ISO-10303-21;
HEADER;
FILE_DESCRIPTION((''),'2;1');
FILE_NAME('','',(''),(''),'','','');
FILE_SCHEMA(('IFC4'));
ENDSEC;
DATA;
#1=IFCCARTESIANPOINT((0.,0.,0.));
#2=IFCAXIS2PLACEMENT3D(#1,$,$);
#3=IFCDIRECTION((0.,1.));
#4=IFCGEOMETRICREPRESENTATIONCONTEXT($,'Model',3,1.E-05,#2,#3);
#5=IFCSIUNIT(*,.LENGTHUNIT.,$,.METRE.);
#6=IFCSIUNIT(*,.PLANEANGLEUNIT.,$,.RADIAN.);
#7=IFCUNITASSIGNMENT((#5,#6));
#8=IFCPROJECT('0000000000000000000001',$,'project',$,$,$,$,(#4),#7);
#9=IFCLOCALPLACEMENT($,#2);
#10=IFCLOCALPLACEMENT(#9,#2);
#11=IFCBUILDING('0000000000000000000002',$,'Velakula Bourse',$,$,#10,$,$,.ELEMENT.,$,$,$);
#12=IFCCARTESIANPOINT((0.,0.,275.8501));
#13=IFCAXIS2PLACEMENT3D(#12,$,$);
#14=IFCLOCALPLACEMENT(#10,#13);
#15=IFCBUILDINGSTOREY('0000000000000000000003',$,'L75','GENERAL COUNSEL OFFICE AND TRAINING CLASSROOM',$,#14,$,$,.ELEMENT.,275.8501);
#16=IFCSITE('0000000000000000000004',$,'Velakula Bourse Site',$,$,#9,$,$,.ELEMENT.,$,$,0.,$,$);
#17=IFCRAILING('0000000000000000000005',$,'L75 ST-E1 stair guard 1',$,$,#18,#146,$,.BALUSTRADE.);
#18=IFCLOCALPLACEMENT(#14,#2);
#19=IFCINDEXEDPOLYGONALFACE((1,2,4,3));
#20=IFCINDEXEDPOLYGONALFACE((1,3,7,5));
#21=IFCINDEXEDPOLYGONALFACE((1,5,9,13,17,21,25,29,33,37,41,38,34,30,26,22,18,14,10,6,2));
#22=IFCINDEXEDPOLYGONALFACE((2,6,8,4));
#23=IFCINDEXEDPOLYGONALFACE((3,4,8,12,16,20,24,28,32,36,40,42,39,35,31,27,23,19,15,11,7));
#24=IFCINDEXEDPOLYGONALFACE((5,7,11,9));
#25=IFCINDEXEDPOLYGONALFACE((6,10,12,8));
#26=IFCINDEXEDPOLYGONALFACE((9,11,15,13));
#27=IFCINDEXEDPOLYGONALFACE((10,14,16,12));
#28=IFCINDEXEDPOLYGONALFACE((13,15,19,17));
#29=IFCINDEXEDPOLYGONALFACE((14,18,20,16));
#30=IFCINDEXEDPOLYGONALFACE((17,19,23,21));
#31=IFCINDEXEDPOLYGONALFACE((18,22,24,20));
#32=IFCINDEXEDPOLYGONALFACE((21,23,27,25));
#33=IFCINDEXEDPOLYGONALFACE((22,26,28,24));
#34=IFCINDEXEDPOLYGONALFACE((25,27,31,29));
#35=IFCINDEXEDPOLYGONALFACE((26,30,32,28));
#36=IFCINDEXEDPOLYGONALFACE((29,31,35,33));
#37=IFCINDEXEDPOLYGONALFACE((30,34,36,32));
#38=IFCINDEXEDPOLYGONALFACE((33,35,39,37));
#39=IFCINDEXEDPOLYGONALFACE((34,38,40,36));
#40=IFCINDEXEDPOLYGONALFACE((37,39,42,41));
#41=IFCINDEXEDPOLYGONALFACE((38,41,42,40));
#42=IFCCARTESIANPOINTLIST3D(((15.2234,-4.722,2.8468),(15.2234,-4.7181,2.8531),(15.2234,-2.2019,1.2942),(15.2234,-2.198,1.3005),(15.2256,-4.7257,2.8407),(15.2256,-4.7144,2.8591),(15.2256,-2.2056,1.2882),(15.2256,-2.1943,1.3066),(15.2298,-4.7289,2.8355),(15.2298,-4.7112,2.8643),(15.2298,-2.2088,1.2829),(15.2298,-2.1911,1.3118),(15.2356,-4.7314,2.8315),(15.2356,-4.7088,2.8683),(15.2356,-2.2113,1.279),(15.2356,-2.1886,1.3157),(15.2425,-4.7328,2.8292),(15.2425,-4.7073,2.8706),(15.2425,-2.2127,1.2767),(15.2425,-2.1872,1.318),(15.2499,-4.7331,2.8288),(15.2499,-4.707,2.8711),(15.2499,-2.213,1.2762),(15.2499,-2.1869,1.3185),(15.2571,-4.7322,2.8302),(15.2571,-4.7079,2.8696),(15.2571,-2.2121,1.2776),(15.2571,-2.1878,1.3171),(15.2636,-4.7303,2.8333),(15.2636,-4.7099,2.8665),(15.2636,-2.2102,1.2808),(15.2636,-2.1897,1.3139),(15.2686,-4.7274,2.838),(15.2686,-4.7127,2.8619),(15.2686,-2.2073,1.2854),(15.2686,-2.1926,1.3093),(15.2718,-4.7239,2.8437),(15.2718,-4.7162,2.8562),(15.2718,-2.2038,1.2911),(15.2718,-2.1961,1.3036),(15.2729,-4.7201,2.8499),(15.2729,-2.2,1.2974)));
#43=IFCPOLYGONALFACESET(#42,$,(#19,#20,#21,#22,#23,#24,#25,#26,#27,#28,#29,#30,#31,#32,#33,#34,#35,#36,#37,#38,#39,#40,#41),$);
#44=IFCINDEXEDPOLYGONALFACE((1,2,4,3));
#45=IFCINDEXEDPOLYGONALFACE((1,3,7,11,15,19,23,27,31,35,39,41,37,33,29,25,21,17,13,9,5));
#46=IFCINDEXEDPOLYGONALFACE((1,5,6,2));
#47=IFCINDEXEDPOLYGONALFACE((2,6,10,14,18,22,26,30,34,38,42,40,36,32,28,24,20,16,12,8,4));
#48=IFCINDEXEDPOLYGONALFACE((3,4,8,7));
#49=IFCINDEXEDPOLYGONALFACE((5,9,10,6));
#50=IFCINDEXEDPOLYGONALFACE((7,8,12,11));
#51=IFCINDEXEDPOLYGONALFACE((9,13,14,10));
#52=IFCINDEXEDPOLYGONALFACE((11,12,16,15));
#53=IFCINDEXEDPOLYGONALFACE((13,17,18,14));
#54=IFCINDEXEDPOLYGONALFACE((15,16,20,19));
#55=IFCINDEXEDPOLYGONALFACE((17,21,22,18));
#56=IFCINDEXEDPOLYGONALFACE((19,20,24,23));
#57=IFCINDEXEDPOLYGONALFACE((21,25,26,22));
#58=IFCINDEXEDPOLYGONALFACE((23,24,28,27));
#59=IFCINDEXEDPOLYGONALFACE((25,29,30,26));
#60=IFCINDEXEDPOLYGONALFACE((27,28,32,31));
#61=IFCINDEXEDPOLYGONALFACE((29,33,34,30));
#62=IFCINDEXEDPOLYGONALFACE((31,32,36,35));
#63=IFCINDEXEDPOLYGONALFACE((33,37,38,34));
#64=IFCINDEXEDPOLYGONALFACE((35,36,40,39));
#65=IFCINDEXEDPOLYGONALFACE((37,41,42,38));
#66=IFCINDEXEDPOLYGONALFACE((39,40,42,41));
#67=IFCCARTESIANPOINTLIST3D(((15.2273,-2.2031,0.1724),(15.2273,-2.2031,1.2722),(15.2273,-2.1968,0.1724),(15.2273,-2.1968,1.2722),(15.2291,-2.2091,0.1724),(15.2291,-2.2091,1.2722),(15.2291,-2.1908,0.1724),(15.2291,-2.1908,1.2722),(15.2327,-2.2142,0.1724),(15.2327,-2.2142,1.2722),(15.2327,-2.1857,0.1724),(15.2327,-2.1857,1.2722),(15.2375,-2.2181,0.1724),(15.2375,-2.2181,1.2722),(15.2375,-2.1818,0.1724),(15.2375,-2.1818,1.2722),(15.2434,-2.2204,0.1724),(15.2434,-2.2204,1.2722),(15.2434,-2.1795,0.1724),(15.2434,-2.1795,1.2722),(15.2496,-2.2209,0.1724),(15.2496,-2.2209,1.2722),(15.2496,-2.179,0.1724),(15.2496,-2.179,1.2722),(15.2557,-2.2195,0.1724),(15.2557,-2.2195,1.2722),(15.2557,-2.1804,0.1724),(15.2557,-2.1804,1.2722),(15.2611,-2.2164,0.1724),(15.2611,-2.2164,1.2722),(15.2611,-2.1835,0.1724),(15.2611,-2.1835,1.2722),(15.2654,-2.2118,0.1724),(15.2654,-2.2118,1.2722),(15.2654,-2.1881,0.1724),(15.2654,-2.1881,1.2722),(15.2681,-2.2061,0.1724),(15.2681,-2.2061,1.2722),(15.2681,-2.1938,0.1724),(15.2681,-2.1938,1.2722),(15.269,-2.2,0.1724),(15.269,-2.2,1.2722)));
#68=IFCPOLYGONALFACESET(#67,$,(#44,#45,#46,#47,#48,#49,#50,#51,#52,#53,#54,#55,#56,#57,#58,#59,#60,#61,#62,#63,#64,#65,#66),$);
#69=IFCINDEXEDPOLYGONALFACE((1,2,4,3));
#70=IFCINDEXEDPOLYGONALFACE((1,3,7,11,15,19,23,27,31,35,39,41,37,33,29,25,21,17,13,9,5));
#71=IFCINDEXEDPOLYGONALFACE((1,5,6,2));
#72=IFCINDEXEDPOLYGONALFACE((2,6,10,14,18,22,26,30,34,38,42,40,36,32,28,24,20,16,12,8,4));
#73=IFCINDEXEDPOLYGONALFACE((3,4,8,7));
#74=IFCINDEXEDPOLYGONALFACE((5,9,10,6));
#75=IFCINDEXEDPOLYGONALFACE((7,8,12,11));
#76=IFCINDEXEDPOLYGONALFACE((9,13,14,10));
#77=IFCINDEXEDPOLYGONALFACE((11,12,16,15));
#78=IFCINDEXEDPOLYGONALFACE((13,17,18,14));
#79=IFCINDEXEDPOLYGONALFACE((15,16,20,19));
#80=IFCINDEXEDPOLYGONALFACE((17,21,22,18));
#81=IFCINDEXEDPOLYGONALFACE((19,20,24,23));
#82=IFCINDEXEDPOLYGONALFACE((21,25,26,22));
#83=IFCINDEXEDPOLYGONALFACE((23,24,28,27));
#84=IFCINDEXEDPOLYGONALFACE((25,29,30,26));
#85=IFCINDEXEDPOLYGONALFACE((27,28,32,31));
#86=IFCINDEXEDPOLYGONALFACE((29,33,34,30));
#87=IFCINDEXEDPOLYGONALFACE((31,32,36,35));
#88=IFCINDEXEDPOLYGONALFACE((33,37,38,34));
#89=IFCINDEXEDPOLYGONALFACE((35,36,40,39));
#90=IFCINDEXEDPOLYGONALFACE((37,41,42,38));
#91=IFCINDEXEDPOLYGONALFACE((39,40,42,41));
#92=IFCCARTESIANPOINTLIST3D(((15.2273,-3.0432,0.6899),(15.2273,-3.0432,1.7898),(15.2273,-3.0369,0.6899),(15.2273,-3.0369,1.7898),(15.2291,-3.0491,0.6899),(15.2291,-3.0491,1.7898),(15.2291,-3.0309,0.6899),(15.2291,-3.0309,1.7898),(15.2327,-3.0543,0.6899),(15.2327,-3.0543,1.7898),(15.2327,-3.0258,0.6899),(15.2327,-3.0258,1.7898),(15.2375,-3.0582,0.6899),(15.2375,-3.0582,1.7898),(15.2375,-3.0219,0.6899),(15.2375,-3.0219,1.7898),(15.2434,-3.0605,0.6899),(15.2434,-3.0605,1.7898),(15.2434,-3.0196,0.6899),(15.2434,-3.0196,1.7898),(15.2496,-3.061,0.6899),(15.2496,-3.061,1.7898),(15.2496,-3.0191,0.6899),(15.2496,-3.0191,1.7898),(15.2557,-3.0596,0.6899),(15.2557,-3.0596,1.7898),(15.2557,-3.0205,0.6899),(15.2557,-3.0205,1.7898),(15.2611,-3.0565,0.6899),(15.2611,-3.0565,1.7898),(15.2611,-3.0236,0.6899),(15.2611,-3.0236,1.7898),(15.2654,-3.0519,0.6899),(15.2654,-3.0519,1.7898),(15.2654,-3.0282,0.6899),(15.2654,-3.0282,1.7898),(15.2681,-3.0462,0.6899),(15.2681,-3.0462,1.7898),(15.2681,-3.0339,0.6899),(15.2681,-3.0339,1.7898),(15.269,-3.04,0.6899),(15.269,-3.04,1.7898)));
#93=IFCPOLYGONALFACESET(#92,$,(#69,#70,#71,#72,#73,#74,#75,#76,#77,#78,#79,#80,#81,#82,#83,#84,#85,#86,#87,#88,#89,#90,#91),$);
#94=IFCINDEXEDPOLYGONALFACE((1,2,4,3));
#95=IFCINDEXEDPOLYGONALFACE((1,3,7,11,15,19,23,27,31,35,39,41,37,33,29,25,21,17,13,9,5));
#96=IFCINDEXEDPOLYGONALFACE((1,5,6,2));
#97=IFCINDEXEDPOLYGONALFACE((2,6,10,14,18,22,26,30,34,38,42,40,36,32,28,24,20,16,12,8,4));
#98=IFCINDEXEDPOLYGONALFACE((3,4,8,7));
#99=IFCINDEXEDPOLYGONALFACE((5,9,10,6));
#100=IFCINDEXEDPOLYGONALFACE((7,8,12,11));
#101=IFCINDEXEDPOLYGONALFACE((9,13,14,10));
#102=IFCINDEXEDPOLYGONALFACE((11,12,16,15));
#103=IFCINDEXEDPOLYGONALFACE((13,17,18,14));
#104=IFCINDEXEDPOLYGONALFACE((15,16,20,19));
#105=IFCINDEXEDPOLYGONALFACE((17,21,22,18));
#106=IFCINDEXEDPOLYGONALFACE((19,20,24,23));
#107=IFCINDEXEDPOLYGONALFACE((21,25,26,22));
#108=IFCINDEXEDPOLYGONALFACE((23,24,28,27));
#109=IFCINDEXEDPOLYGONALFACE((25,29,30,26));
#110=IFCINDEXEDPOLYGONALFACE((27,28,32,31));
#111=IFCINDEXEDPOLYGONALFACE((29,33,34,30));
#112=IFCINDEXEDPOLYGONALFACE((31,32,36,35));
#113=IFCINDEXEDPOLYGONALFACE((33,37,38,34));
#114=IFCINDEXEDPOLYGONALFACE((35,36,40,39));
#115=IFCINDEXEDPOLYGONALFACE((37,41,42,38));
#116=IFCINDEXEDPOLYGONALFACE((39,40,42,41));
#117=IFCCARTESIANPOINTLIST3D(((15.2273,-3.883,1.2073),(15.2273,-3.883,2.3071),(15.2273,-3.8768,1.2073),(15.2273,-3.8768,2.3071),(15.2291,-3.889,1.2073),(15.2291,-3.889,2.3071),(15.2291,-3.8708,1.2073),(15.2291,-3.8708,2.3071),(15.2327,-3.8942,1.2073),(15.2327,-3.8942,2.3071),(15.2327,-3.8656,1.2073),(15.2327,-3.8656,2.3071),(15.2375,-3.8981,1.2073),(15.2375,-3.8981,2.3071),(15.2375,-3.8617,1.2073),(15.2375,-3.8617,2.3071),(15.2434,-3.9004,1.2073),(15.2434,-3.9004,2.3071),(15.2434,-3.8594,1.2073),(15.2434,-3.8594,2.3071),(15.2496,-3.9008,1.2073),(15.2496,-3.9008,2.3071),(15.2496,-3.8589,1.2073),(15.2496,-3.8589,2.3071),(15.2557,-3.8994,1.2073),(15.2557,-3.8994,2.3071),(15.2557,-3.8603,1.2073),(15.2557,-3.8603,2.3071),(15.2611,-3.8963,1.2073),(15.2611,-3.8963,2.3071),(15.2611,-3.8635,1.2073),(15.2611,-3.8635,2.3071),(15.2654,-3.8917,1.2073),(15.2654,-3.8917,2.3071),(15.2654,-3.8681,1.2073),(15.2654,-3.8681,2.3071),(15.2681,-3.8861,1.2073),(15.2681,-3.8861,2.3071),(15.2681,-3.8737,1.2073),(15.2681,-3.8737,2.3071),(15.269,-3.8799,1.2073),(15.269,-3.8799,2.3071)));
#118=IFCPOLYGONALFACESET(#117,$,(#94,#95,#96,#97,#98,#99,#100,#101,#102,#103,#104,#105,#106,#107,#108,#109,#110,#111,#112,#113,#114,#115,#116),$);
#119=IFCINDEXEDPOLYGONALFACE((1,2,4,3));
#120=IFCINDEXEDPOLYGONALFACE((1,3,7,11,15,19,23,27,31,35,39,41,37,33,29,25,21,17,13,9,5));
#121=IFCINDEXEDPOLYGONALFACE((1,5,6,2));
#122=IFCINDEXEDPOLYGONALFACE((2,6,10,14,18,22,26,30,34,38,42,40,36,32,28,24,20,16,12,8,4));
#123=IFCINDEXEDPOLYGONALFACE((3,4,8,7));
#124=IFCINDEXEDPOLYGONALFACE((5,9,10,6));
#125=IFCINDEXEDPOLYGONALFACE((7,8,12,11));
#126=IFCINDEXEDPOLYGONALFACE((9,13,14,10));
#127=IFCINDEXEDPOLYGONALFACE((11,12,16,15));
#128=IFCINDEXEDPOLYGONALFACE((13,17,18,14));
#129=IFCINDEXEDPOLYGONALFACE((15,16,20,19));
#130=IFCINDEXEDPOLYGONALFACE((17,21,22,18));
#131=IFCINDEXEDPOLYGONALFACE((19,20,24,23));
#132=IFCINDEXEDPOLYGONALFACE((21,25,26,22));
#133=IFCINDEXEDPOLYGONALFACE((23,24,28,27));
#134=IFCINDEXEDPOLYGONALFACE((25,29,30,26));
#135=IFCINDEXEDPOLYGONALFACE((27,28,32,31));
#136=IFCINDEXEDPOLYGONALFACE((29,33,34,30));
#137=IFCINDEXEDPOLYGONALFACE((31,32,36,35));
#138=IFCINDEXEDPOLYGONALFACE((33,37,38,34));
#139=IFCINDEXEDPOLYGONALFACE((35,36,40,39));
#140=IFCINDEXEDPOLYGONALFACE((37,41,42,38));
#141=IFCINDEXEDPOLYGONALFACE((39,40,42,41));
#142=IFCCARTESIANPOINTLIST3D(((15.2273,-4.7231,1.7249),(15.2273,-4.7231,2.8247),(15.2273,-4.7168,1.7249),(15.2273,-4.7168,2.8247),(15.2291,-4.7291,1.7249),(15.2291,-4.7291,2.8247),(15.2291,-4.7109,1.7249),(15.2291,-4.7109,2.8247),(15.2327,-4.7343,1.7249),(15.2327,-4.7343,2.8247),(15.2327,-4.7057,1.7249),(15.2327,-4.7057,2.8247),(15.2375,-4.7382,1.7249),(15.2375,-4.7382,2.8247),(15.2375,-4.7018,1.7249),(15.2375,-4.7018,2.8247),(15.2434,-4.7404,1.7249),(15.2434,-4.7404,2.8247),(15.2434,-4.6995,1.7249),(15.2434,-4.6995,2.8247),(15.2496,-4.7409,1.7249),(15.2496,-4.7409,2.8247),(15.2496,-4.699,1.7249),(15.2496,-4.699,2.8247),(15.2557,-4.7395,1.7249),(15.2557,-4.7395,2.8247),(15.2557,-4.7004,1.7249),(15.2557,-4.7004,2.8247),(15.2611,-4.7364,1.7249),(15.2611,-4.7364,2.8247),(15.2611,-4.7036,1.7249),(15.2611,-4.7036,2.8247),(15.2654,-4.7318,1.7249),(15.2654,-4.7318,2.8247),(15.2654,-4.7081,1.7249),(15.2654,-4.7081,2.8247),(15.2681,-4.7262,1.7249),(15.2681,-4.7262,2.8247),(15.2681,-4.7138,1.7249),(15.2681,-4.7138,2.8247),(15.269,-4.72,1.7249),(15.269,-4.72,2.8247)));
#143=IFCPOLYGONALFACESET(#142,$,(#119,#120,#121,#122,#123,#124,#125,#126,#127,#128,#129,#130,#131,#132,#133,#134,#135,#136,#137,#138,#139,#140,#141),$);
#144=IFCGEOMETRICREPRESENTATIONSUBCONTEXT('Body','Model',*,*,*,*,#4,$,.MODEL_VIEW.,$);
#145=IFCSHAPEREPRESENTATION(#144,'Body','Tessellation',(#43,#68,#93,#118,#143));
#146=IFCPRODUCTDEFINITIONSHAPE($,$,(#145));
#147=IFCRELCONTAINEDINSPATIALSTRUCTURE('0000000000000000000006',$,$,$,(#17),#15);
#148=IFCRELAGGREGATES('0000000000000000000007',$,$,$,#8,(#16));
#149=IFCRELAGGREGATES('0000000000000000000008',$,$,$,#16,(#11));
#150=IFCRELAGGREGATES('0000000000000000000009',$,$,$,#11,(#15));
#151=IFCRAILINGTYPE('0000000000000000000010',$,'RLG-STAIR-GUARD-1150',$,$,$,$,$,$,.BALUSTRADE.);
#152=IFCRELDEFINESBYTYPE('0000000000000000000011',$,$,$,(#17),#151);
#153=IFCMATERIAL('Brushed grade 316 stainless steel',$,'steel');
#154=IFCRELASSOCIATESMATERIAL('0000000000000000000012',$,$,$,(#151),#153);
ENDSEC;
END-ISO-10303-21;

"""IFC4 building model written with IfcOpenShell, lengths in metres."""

from ifc_helpers import new_model, si_unit, direction, frame, origin, origin_2d, place, context, subcontext, project, spatial, circle, extrude, material, type_object, element, save


model = new_model("IFC4")

# Units and contexts
model_context = context("Model", 3, precision=1e-05, world=origin(), true_north=direction((0.0, 1.0)))
body_context = subcontext(model_context, "Body", "Model", "MODEL_VIEW")
ifc_project = project(units=[si_unit("LENGTHUNIT", "METRE"), si_unit("PLANEANGLEUNIT", "RADIAN")], contexts=[model_context])

# Site, building, storey
site_placement = place(None, origin())
site = spatial("IfcSite", under=ifc_project, at=site_placement, Name="Velakula Bourse Site", CompositionType="ELEMENT", RefElevation=0.0)
building_placement = place(site_placement, origin())
building = spatial("IfcBuilding", under=site, at=building_placement, Name="Velakula Bourse", CompositionType="ELEMENT")
storey_placement = place(building_placement, frame((0.0, 0.0, 275.8501)))
storey = spatial("IfcBuildingStorey", under=building, at=storey_placement, Name="L75", Description="GENERAL COUNSEL OFFICE AND TRAINING CLASSROOM", CompositionType="ELEMENT", Elevation=275.8501)

# Shared definitions
ifc_material_1 = material(Name="Brushed grade 316 stainless steel", Category="steel")

# Railing
railing_type_1 = type_object("IfcRailingType", Name="RLG-STAIR-GUARD-1150", PredefinedType="BALUSTRADE", material=ifc_material_1)
railing_1_placement = place(storey_placement, frame((15.248, -2.2, 0.1724)))
element("IfcRailing", 1, at=railing_1_placement, inside=storey, type_object=railing_type_1, Name="L75 ST-E1 stair guard 1", PredefinedType="BALUSTRADE", context=body_context, shape_type="SweptSolid", body=[
    extrude(circle(Radius=0.0249, at=origin_2d()), frame((0.0, 0.0, 1.125), z_axis=(0.0, -0.8514, 0.524516), x_axis=(1.0, 0.0, 0.0)), (0.0, 0.0, 1.0), 2.96),
    extrude(circle(Radius=0.021, at=origin_2d()), origin(), (0.0, 0.0, 1.0), 1.0999),
    extrude(circle(Radius=0.021, at=origin_2d()), frame((0.0, -0.8401, 0.5176)), (0.0, 0.0, 1.0), 1.0999),
    extrude(circle(Radius=0.021, at=origin_2d()), frame((0.0, -1.6799, 1.0349)), (0.0, 0.0, 1.0), 1.0999),
    extrude(circle(Radius=0.021, at=origin_2d()), frame((0.0, -2.52, 1.5525)), (0.0, 0.0, 1.0), 1.0999),
])

save(model, "model.ifc")
